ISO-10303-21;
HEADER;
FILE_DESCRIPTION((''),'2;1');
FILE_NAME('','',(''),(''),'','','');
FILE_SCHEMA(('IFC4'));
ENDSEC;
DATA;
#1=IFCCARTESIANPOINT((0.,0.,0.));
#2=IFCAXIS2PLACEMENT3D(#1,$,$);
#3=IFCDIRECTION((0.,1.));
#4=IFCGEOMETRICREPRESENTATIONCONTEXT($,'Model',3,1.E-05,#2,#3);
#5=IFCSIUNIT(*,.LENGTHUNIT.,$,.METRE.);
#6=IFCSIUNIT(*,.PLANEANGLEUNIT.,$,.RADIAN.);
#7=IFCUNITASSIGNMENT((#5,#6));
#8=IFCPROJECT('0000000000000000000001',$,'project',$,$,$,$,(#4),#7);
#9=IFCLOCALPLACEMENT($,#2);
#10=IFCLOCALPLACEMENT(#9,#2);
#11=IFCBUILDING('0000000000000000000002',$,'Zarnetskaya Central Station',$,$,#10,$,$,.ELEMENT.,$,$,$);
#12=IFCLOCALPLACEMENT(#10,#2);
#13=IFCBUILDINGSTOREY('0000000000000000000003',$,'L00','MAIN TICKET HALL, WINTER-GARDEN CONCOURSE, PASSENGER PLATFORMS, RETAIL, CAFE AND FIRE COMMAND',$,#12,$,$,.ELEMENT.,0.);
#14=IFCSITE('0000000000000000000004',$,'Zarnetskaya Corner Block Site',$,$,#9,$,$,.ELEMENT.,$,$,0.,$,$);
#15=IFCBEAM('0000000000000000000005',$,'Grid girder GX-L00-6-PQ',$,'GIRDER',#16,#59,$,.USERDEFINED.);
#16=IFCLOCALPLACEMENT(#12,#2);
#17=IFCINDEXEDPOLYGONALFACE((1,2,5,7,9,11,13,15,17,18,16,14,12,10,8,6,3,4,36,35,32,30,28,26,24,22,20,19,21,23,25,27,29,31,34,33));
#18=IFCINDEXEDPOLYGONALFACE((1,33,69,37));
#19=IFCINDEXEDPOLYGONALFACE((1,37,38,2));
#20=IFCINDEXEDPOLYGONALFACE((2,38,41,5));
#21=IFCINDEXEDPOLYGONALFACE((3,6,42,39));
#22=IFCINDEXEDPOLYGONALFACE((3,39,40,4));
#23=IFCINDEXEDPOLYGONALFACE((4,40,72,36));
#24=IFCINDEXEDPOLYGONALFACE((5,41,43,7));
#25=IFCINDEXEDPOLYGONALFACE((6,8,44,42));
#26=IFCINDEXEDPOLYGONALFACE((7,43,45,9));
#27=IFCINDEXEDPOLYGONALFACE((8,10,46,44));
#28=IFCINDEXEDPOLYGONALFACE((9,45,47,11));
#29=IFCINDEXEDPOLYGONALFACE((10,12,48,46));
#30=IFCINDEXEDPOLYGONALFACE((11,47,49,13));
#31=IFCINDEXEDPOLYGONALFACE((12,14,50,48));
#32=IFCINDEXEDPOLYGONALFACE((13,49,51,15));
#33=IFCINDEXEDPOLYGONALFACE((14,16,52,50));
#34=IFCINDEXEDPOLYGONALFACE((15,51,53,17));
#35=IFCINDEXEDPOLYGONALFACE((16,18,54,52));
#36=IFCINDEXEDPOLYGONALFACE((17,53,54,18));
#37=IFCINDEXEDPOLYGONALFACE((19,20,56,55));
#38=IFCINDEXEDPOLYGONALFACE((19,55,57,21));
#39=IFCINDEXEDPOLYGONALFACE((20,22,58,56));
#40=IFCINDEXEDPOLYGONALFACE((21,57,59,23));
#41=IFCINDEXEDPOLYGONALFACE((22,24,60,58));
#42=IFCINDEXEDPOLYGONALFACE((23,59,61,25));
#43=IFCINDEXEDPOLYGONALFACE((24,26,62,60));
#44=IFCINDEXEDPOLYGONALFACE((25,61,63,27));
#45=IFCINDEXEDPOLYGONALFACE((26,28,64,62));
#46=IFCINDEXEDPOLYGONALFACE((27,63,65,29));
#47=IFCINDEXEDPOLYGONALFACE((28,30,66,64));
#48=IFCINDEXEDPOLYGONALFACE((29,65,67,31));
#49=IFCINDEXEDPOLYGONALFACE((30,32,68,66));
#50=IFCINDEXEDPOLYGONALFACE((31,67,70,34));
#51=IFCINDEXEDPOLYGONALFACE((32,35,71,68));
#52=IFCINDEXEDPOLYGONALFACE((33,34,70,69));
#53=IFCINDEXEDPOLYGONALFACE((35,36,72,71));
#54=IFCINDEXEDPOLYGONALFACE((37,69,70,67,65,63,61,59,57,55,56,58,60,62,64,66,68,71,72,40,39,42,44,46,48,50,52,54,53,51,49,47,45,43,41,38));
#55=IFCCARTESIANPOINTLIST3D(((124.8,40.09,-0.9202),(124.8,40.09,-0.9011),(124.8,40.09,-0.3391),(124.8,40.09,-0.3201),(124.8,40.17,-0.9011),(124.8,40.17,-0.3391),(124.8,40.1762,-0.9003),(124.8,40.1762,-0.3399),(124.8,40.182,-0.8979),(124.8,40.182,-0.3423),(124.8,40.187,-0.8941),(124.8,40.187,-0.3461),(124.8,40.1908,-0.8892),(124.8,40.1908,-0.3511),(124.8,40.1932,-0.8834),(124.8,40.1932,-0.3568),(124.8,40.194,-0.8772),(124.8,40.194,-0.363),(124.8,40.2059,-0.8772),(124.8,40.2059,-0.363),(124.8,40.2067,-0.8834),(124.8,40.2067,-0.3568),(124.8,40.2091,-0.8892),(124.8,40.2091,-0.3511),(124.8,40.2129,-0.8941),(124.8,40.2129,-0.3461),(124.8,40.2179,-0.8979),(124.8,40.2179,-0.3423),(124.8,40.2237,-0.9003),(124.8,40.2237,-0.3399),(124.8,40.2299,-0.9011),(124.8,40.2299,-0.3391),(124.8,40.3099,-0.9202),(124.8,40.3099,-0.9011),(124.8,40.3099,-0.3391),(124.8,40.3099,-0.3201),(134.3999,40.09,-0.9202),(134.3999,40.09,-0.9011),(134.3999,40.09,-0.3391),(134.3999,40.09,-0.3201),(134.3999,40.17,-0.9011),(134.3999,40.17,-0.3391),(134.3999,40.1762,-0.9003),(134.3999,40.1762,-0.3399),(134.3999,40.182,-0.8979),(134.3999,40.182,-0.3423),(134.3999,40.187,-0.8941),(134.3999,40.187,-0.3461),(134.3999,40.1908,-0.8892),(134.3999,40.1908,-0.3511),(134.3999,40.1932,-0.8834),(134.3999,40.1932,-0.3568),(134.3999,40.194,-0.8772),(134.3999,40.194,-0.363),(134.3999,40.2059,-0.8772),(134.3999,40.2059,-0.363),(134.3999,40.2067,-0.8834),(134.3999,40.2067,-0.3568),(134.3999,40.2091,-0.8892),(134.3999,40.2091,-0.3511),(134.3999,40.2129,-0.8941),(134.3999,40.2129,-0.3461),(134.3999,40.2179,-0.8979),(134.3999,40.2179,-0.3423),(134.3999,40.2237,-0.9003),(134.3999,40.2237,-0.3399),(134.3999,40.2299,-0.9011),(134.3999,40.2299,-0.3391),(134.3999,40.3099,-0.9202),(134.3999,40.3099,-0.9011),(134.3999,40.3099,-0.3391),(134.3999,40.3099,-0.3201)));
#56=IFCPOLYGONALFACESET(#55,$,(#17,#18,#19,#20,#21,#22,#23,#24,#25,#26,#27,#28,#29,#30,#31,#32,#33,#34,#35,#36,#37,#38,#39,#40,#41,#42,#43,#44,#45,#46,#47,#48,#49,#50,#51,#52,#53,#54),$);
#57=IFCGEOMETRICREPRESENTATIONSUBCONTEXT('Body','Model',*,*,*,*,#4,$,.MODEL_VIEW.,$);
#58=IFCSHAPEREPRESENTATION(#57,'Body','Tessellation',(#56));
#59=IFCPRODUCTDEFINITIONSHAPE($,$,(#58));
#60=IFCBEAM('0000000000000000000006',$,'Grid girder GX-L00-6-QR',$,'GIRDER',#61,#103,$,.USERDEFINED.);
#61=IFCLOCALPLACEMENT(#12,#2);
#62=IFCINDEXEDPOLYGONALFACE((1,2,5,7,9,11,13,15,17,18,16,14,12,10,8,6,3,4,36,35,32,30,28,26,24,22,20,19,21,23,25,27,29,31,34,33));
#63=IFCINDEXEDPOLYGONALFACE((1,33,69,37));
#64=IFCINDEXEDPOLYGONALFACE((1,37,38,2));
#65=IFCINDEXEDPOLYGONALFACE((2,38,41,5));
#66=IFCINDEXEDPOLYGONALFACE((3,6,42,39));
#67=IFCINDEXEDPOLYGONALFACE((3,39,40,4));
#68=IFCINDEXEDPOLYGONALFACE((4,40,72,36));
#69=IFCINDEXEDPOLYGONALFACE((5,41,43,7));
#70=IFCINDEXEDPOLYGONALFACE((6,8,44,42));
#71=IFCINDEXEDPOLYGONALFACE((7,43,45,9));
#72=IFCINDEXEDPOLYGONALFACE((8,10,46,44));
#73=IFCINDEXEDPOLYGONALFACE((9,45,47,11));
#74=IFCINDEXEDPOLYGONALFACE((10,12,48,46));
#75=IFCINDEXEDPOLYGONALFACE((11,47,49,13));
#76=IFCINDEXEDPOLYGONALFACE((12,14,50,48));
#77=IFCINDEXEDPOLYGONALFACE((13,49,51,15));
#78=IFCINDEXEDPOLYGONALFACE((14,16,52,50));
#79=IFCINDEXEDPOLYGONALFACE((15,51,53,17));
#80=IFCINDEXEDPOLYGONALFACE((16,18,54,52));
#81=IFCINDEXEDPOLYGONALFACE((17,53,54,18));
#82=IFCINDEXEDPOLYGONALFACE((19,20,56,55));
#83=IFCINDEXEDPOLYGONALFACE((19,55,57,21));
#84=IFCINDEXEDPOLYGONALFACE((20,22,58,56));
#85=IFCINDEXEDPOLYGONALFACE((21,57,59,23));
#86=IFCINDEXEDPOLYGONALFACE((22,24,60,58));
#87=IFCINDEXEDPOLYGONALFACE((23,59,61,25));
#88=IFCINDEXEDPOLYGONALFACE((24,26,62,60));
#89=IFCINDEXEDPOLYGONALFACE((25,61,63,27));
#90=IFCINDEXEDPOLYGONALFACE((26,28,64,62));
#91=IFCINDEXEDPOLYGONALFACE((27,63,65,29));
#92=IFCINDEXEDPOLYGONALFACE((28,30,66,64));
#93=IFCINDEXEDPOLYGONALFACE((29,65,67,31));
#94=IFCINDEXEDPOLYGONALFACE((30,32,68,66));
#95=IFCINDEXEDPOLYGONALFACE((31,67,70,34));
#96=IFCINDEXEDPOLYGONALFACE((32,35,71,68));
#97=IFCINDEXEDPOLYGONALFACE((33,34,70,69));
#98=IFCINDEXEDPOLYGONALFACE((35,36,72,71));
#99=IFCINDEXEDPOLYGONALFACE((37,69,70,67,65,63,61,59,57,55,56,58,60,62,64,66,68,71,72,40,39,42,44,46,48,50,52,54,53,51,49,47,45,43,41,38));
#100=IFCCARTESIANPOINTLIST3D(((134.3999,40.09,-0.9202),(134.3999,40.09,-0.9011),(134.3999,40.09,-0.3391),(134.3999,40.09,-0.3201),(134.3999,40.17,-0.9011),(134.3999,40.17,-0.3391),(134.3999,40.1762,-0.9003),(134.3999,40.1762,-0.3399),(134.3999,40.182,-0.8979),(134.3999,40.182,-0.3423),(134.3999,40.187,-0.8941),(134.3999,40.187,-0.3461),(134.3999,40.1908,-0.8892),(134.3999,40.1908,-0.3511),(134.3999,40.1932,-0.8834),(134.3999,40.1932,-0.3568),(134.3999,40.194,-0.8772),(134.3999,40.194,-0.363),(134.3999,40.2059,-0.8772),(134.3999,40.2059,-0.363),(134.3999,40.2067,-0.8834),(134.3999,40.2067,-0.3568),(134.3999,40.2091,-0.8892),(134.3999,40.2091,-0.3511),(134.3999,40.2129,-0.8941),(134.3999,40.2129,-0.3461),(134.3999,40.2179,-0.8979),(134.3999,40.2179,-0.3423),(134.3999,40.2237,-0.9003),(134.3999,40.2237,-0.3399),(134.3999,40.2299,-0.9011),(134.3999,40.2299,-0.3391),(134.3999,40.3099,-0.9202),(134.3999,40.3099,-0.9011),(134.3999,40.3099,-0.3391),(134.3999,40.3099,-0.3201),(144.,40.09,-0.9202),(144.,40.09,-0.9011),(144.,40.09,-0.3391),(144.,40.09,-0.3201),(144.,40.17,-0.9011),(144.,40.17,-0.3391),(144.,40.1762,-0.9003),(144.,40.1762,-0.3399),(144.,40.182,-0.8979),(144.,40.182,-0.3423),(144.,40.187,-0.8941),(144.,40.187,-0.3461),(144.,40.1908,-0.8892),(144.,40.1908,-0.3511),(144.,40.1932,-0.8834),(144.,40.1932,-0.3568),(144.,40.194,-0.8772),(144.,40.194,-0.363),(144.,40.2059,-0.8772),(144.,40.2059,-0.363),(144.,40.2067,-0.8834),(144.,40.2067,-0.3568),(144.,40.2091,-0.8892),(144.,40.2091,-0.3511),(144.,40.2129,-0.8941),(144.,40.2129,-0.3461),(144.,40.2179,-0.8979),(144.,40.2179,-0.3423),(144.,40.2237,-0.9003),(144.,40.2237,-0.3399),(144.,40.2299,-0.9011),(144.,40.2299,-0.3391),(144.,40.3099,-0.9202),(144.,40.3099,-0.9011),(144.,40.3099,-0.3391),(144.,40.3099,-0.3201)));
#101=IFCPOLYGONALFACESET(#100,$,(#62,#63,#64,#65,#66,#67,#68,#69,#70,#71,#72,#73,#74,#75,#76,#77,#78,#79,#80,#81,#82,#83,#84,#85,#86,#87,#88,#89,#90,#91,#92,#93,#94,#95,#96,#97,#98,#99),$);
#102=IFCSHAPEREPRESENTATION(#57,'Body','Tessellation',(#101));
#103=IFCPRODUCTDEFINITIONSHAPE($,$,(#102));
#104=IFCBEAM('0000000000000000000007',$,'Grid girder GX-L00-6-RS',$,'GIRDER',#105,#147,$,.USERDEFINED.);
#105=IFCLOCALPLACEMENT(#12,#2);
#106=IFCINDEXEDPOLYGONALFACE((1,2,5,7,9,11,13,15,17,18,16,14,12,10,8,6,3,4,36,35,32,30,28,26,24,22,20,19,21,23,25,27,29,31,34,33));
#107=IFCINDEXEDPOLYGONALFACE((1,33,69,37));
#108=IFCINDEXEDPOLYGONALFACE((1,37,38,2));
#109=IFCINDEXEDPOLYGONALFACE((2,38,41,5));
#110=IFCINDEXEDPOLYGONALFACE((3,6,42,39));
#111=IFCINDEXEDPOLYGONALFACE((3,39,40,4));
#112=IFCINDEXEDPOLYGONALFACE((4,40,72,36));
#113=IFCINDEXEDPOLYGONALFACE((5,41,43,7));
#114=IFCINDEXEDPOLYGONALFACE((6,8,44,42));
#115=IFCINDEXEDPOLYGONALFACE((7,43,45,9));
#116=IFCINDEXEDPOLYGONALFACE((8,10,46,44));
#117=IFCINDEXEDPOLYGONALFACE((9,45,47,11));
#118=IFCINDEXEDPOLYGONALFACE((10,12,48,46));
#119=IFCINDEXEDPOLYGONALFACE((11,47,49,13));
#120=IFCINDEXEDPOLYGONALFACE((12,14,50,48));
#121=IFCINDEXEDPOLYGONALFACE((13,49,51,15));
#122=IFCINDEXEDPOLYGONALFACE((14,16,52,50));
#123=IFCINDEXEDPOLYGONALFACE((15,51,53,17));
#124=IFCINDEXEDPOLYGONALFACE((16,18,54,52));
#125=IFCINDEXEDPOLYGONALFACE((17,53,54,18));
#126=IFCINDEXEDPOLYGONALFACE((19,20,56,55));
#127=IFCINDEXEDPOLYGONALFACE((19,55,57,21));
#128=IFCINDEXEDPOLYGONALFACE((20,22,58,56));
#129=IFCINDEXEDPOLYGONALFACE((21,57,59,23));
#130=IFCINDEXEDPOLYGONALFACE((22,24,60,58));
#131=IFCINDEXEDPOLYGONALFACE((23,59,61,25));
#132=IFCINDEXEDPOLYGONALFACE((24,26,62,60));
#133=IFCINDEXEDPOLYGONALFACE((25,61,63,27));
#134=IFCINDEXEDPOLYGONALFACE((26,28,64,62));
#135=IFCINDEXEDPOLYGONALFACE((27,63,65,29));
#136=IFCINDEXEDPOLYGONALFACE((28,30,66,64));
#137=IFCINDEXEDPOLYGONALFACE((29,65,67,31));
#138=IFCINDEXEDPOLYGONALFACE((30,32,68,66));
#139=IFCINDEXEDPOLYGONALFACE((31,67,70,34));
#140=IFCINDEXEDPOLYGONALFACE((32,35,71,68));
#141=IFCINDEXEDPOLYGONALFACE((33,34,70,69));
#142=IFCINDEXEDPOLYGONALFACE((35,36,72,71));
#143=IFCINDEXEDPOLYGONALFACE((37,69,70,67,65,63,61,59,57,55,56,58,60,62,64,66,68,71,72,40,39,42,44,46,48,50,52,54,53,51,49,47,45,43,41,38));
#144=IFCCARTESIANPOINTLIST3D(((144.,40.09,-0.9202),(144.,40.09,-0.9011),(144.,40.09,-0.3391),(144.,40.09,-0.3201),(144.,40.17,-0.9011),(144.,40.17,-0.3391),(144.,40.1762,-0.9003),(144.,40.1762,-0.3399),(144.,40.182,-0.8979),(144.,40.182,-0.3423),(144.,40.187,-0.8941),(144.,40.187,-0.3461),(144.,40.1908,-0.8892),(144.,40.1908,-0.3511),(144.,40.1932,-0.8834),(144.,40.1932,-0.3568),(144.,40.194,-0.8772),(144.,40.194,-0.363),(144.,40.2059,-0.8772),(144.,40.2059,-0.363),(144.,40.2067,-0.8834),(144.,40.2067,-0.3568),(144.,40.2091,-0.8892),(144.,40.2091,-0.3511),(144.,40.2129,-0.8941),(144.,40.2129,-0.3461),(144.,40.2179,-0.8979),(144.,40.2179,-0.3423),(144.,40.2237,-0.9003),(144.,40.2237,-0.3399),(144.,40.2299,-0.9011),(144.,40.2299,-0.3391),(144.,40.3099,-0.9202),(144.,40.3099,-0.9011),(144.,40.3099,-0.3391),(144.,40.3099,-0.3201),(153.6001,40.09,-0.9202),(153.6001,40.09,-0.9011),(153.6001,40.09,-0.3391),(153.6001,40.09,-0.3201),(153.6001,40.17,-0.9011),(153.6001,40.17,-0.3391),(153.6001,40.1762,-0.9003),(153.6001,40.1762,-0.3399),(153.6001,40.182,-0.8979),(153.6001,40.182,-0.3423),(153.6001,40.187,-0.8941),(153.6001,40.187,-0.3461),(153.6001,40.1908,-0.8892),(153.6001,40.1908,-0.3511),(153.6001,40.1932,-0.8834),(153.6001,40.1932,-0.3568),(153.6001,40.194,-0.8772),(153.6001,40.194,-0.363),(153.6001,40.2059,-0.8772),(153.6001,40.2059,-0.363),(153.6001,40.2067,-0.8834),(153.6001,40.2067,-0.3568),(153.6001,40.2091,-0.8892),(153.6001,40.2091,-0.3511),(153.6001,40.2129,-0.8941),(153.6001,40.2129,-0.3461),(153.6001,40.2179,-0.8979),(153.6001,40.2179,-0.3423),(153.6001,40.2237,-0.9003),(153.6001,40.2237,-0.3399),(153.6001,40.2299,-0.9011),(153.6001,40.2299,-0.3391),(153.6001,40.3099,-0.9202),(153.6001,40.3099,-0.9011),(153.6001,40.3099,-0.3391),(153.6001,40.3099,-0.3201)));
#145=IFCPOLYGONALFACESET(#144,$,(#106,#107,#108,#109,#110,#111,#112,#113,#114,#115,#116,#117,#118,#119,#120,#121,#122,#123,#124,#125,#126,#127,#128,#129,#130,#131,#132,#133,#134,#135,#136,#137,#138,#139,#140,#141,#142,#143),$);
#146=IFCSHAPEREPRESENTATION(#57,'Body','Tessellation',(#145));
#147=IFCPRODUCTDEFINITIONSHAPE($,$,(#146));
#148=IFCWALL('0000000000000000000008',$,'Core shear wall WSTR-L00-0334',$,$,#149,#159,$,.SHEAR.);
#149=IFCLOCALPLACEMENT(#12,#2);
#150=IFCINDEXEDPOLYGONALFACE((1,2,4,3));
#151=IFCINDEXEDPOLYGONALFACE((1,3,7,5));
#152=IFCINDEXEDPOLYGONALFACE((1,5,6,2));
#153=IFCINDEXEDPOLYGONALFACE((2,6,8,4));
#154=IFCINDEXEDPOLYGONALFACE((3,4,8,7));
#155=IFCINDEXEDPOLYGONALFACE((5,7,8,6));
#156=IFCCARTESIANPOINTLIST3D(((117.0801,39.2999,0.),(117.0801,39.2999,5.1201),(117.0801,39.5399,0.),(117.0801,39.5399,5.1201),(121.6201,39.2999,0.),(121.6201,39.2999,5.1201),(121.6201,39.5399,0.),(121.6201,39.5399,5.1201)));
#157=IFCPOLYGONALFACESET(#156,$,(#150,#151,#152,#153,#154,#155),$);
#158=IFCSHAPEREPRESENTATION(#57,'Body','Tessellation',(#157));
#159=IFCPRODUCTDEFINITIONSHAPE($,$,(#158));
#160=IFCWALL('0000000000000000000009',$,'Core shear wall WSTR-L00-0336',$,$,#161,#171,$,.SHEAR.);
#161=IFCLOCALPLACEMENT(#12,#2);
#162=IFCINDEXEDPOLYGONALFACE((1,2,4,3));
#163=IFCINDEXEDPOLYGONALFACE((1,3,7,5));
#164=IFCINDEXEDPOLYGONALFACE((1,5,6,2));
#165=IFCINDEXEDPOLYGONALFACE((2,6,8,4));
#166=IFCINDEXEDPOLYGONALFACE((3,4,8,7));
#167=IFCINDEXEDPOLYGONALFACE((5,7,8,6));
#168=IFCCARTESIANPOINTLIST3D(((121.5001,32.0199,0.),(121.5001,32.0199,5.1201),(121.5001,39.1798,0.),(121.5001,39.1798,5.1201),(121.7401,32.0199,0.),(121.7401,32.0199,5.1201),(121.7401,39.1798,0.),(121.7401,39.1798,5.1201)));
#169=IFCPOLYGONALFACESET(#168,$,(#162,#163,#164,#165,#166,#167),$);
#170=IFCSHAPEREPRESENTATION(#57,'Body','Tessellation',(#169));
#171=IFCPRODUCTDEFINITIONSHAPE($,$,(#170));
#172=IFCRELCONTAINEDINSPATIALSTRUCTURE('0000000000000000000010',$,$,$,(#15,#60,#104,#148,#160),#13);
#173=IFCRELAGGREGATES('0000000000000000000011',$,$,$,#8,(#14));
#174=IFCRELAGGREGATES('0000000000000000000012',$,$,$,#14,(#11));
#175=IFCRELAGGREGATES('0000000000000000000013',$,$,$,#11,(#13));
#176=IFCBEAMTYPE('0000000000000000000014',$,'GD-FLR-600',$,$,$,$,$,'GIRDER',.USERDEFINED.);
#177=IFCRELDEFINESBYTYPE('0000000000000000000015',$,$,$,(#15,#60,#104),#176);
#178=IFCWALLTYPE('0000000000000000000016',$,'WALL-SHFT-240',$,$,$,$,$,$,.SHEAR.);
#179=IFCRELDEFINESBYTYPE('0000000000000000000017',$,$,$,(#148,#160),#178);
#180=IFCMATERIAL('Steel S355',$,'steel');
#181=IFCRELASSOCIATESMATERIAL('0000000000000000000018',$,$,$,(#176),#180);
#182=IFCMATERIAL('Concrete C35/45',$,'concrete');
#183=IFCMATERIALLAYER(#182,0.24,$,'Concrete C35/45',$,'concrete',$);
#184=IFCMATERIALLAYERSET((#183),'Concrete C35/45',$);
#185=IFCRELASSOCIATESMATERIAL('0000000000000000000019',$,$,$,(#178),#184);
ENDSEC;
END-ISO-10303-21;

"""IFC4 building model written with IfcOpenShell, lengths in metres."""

from ifc_helpers import new_model, si_unit, direction, frame, frame_2d, origin, origin_2d, place, context, subcontext, project, spatial, rectangle, i_section, extrude, material, layer, layer_set, material_profile, profile_set, type_object, element, save


model = new_model("IFC4")

# Units and contexts
model_context = context("Model", 3, precision=1e-05, world=origin(), true_north=direction((0.0, 1.0)))
body_context = subcontext(model_context, "Body", "Model", "MODEL_VIEW")
ifc_project = project(units=[si_unit("LENGTHUNIT", "METRE"), si_unit("PLANEANGLEUNIT", "RADIAN")], contexts=[model_context])

# Site, building, storey
site_placement = place(None, origin())
site = spatial("IfcSite", under=ifc_project, at=site_placement, Name="Zarnetskaya Corner Block Site", CompositionType="ELEMENT", RefElevation=0.0)
building_placement = place(site_placement, origin())
building = spatial("IfcBuilding", under=site, at=building_placement, Name="Zarnetskaya Central Station", CompositionType="ELEMENT")
storey_placement = place(building_placement, origin())
storey = spatial("IfcBuildingStorey", under=building, at=storey_placement, Name="L00", Description="MAIN TICKET HALL, WINTER-GARDEN CONCOURSE, PASSENGER PLATFORMS, RETAIL, CAFE AND FIRE COMMAND", CompositionType="ELEMENT", Elevation=0.0)

# Shared definitions
ifc_material_1 = material(Name="Steel S355", Category="steel")

# Beams
ifc_material_profile_1 = material_profile(ifc_material_1, i_section(OverallWidth=0.22, OverallDepth=0.6001, WebThickness=0.012, FlangeThickness=0.019, FilletRadius=0.0239, at=origin_2d()), Name="IPE 600")
ifc_profile_set_1 = profile_set([ifc_material_profile_1], Name="Steel S355")
beam_type_1 = type_object("IfcBeamType", Name="GD-FLR-600", ElementType="GIRDER", PredefinedType="USERDEFINED", material=ifc_profile_set_1)
beam_placement = place(storey_placement, frame((124.8, 40.2, -0.6201), z_axis=(1.0, 0.0, 0.0), x_axis=(0.0, 1.0, 0.0)))
element("IfcBeam", 1, at=beam_placement, inside=storey, type_object=beam_type_1, Name="Grid girder GX-L00-6-PQ", ObjectType="GIRDER", PredefinedType="USERDEFINED", context=body_context, shape_type="SweptSolid", body=[
    extrude(i_section(OverallWidth=0.22, OverallDepth=0.6001, WebThickness=0.012, FlangeThickness=0.019, FilletRadius=0.0239, at=origin_2d()), origin(), (0.0, 0.0, 1.0), 9.5999),
])
for number, where, z_axis, x_axis, name in (
    (2, (134.3999, 40.2, -0.6201), (1.0, 0.0, 0.0), (0.0, 1.0, 0.0), "Grid girder GX-L00-6-QR"),
    (3, (144.0, 40.2, -0.6201), (1.0, 0.0, 0.0), (0.0, 1.0, 0.0), "Grid girder GX-L00-6-RS"),
):
    element("IfcBeam", number, at=place(storey_placement, frame(where, z_axis=z_axis, x_axis=x_axis)), inside=storey, type_object=beam_type_1, Name=name, ObjectType="GIRDER", PredefinedType="USERDEFINED", context=body_context, shape_type="SweptSolid", body=[
        extrude(i_section(OverallWidth=0.22, OverallDepth=0.6001, WebThickness=0.012, FlangeThickness=0.019, FilletRadius=0.0239, at=origin_2d()), origin(), (0.0, 0.0, 1.0), 9.6001),
    ])

# Walls
ifc_material_2 = material(Name="Concrete C35/45", Category="concrete")
ifc_layer = layer(ifc_material_2, 0.24, Name="Concrete C35/45", Category="concrete")
ifc_layer_set = layer_set([ifc_layer], Name="Concrete C35/45")
wall_type = type_object("IfcWallType", Name="WALL-SHFT-240", PredefinedType="SHEAR", material=ifc_layer_set)
wall_1_placement = place(storey_placement, frame((117.0801, 39.4199, 0.0), z_axis=(0.0, 0.0, 1.0), x_axis=(1.0, 0.0, 0.0)))
element("IfcWall", 4, at=wall_1_placement, inside=storey, type_object=wall_type, Name="Core shear wall WSTR-L00-0334", PredefinedType="SHEAR", context=body_context, shape_type="SweptSolid", body=[
    extrude(rectangle(XDim=4.54, YDim=0.24, at=frame_2d((2.27, 0.0))), origin(), (0.0, 0.0, 1.0), 5.1201),
])
wall_2_placement = place(storey_placement, frame((121.6201, 39.1799, 0.0), z_axis=(0.0, 0.0, 1.0), x_axis=(0.0, -1.0, 0.0)))
element("IfcWall", 5, at=wall_2_placement, inside=storey, type_object=wall_type, Name="Core shear wall WSTR-L00-0336", PredefinedType="SHEAR", context=body_context, shape_type="SweptSolid", body=[
    extrude(rectangle(XDim=7.1599, YDim=0.24, at=frame_2d((3.5801, 0.0))), origin(), (0.0, 0.0, 1.0), 5.1201),
])

save(model, "model.ifc")
